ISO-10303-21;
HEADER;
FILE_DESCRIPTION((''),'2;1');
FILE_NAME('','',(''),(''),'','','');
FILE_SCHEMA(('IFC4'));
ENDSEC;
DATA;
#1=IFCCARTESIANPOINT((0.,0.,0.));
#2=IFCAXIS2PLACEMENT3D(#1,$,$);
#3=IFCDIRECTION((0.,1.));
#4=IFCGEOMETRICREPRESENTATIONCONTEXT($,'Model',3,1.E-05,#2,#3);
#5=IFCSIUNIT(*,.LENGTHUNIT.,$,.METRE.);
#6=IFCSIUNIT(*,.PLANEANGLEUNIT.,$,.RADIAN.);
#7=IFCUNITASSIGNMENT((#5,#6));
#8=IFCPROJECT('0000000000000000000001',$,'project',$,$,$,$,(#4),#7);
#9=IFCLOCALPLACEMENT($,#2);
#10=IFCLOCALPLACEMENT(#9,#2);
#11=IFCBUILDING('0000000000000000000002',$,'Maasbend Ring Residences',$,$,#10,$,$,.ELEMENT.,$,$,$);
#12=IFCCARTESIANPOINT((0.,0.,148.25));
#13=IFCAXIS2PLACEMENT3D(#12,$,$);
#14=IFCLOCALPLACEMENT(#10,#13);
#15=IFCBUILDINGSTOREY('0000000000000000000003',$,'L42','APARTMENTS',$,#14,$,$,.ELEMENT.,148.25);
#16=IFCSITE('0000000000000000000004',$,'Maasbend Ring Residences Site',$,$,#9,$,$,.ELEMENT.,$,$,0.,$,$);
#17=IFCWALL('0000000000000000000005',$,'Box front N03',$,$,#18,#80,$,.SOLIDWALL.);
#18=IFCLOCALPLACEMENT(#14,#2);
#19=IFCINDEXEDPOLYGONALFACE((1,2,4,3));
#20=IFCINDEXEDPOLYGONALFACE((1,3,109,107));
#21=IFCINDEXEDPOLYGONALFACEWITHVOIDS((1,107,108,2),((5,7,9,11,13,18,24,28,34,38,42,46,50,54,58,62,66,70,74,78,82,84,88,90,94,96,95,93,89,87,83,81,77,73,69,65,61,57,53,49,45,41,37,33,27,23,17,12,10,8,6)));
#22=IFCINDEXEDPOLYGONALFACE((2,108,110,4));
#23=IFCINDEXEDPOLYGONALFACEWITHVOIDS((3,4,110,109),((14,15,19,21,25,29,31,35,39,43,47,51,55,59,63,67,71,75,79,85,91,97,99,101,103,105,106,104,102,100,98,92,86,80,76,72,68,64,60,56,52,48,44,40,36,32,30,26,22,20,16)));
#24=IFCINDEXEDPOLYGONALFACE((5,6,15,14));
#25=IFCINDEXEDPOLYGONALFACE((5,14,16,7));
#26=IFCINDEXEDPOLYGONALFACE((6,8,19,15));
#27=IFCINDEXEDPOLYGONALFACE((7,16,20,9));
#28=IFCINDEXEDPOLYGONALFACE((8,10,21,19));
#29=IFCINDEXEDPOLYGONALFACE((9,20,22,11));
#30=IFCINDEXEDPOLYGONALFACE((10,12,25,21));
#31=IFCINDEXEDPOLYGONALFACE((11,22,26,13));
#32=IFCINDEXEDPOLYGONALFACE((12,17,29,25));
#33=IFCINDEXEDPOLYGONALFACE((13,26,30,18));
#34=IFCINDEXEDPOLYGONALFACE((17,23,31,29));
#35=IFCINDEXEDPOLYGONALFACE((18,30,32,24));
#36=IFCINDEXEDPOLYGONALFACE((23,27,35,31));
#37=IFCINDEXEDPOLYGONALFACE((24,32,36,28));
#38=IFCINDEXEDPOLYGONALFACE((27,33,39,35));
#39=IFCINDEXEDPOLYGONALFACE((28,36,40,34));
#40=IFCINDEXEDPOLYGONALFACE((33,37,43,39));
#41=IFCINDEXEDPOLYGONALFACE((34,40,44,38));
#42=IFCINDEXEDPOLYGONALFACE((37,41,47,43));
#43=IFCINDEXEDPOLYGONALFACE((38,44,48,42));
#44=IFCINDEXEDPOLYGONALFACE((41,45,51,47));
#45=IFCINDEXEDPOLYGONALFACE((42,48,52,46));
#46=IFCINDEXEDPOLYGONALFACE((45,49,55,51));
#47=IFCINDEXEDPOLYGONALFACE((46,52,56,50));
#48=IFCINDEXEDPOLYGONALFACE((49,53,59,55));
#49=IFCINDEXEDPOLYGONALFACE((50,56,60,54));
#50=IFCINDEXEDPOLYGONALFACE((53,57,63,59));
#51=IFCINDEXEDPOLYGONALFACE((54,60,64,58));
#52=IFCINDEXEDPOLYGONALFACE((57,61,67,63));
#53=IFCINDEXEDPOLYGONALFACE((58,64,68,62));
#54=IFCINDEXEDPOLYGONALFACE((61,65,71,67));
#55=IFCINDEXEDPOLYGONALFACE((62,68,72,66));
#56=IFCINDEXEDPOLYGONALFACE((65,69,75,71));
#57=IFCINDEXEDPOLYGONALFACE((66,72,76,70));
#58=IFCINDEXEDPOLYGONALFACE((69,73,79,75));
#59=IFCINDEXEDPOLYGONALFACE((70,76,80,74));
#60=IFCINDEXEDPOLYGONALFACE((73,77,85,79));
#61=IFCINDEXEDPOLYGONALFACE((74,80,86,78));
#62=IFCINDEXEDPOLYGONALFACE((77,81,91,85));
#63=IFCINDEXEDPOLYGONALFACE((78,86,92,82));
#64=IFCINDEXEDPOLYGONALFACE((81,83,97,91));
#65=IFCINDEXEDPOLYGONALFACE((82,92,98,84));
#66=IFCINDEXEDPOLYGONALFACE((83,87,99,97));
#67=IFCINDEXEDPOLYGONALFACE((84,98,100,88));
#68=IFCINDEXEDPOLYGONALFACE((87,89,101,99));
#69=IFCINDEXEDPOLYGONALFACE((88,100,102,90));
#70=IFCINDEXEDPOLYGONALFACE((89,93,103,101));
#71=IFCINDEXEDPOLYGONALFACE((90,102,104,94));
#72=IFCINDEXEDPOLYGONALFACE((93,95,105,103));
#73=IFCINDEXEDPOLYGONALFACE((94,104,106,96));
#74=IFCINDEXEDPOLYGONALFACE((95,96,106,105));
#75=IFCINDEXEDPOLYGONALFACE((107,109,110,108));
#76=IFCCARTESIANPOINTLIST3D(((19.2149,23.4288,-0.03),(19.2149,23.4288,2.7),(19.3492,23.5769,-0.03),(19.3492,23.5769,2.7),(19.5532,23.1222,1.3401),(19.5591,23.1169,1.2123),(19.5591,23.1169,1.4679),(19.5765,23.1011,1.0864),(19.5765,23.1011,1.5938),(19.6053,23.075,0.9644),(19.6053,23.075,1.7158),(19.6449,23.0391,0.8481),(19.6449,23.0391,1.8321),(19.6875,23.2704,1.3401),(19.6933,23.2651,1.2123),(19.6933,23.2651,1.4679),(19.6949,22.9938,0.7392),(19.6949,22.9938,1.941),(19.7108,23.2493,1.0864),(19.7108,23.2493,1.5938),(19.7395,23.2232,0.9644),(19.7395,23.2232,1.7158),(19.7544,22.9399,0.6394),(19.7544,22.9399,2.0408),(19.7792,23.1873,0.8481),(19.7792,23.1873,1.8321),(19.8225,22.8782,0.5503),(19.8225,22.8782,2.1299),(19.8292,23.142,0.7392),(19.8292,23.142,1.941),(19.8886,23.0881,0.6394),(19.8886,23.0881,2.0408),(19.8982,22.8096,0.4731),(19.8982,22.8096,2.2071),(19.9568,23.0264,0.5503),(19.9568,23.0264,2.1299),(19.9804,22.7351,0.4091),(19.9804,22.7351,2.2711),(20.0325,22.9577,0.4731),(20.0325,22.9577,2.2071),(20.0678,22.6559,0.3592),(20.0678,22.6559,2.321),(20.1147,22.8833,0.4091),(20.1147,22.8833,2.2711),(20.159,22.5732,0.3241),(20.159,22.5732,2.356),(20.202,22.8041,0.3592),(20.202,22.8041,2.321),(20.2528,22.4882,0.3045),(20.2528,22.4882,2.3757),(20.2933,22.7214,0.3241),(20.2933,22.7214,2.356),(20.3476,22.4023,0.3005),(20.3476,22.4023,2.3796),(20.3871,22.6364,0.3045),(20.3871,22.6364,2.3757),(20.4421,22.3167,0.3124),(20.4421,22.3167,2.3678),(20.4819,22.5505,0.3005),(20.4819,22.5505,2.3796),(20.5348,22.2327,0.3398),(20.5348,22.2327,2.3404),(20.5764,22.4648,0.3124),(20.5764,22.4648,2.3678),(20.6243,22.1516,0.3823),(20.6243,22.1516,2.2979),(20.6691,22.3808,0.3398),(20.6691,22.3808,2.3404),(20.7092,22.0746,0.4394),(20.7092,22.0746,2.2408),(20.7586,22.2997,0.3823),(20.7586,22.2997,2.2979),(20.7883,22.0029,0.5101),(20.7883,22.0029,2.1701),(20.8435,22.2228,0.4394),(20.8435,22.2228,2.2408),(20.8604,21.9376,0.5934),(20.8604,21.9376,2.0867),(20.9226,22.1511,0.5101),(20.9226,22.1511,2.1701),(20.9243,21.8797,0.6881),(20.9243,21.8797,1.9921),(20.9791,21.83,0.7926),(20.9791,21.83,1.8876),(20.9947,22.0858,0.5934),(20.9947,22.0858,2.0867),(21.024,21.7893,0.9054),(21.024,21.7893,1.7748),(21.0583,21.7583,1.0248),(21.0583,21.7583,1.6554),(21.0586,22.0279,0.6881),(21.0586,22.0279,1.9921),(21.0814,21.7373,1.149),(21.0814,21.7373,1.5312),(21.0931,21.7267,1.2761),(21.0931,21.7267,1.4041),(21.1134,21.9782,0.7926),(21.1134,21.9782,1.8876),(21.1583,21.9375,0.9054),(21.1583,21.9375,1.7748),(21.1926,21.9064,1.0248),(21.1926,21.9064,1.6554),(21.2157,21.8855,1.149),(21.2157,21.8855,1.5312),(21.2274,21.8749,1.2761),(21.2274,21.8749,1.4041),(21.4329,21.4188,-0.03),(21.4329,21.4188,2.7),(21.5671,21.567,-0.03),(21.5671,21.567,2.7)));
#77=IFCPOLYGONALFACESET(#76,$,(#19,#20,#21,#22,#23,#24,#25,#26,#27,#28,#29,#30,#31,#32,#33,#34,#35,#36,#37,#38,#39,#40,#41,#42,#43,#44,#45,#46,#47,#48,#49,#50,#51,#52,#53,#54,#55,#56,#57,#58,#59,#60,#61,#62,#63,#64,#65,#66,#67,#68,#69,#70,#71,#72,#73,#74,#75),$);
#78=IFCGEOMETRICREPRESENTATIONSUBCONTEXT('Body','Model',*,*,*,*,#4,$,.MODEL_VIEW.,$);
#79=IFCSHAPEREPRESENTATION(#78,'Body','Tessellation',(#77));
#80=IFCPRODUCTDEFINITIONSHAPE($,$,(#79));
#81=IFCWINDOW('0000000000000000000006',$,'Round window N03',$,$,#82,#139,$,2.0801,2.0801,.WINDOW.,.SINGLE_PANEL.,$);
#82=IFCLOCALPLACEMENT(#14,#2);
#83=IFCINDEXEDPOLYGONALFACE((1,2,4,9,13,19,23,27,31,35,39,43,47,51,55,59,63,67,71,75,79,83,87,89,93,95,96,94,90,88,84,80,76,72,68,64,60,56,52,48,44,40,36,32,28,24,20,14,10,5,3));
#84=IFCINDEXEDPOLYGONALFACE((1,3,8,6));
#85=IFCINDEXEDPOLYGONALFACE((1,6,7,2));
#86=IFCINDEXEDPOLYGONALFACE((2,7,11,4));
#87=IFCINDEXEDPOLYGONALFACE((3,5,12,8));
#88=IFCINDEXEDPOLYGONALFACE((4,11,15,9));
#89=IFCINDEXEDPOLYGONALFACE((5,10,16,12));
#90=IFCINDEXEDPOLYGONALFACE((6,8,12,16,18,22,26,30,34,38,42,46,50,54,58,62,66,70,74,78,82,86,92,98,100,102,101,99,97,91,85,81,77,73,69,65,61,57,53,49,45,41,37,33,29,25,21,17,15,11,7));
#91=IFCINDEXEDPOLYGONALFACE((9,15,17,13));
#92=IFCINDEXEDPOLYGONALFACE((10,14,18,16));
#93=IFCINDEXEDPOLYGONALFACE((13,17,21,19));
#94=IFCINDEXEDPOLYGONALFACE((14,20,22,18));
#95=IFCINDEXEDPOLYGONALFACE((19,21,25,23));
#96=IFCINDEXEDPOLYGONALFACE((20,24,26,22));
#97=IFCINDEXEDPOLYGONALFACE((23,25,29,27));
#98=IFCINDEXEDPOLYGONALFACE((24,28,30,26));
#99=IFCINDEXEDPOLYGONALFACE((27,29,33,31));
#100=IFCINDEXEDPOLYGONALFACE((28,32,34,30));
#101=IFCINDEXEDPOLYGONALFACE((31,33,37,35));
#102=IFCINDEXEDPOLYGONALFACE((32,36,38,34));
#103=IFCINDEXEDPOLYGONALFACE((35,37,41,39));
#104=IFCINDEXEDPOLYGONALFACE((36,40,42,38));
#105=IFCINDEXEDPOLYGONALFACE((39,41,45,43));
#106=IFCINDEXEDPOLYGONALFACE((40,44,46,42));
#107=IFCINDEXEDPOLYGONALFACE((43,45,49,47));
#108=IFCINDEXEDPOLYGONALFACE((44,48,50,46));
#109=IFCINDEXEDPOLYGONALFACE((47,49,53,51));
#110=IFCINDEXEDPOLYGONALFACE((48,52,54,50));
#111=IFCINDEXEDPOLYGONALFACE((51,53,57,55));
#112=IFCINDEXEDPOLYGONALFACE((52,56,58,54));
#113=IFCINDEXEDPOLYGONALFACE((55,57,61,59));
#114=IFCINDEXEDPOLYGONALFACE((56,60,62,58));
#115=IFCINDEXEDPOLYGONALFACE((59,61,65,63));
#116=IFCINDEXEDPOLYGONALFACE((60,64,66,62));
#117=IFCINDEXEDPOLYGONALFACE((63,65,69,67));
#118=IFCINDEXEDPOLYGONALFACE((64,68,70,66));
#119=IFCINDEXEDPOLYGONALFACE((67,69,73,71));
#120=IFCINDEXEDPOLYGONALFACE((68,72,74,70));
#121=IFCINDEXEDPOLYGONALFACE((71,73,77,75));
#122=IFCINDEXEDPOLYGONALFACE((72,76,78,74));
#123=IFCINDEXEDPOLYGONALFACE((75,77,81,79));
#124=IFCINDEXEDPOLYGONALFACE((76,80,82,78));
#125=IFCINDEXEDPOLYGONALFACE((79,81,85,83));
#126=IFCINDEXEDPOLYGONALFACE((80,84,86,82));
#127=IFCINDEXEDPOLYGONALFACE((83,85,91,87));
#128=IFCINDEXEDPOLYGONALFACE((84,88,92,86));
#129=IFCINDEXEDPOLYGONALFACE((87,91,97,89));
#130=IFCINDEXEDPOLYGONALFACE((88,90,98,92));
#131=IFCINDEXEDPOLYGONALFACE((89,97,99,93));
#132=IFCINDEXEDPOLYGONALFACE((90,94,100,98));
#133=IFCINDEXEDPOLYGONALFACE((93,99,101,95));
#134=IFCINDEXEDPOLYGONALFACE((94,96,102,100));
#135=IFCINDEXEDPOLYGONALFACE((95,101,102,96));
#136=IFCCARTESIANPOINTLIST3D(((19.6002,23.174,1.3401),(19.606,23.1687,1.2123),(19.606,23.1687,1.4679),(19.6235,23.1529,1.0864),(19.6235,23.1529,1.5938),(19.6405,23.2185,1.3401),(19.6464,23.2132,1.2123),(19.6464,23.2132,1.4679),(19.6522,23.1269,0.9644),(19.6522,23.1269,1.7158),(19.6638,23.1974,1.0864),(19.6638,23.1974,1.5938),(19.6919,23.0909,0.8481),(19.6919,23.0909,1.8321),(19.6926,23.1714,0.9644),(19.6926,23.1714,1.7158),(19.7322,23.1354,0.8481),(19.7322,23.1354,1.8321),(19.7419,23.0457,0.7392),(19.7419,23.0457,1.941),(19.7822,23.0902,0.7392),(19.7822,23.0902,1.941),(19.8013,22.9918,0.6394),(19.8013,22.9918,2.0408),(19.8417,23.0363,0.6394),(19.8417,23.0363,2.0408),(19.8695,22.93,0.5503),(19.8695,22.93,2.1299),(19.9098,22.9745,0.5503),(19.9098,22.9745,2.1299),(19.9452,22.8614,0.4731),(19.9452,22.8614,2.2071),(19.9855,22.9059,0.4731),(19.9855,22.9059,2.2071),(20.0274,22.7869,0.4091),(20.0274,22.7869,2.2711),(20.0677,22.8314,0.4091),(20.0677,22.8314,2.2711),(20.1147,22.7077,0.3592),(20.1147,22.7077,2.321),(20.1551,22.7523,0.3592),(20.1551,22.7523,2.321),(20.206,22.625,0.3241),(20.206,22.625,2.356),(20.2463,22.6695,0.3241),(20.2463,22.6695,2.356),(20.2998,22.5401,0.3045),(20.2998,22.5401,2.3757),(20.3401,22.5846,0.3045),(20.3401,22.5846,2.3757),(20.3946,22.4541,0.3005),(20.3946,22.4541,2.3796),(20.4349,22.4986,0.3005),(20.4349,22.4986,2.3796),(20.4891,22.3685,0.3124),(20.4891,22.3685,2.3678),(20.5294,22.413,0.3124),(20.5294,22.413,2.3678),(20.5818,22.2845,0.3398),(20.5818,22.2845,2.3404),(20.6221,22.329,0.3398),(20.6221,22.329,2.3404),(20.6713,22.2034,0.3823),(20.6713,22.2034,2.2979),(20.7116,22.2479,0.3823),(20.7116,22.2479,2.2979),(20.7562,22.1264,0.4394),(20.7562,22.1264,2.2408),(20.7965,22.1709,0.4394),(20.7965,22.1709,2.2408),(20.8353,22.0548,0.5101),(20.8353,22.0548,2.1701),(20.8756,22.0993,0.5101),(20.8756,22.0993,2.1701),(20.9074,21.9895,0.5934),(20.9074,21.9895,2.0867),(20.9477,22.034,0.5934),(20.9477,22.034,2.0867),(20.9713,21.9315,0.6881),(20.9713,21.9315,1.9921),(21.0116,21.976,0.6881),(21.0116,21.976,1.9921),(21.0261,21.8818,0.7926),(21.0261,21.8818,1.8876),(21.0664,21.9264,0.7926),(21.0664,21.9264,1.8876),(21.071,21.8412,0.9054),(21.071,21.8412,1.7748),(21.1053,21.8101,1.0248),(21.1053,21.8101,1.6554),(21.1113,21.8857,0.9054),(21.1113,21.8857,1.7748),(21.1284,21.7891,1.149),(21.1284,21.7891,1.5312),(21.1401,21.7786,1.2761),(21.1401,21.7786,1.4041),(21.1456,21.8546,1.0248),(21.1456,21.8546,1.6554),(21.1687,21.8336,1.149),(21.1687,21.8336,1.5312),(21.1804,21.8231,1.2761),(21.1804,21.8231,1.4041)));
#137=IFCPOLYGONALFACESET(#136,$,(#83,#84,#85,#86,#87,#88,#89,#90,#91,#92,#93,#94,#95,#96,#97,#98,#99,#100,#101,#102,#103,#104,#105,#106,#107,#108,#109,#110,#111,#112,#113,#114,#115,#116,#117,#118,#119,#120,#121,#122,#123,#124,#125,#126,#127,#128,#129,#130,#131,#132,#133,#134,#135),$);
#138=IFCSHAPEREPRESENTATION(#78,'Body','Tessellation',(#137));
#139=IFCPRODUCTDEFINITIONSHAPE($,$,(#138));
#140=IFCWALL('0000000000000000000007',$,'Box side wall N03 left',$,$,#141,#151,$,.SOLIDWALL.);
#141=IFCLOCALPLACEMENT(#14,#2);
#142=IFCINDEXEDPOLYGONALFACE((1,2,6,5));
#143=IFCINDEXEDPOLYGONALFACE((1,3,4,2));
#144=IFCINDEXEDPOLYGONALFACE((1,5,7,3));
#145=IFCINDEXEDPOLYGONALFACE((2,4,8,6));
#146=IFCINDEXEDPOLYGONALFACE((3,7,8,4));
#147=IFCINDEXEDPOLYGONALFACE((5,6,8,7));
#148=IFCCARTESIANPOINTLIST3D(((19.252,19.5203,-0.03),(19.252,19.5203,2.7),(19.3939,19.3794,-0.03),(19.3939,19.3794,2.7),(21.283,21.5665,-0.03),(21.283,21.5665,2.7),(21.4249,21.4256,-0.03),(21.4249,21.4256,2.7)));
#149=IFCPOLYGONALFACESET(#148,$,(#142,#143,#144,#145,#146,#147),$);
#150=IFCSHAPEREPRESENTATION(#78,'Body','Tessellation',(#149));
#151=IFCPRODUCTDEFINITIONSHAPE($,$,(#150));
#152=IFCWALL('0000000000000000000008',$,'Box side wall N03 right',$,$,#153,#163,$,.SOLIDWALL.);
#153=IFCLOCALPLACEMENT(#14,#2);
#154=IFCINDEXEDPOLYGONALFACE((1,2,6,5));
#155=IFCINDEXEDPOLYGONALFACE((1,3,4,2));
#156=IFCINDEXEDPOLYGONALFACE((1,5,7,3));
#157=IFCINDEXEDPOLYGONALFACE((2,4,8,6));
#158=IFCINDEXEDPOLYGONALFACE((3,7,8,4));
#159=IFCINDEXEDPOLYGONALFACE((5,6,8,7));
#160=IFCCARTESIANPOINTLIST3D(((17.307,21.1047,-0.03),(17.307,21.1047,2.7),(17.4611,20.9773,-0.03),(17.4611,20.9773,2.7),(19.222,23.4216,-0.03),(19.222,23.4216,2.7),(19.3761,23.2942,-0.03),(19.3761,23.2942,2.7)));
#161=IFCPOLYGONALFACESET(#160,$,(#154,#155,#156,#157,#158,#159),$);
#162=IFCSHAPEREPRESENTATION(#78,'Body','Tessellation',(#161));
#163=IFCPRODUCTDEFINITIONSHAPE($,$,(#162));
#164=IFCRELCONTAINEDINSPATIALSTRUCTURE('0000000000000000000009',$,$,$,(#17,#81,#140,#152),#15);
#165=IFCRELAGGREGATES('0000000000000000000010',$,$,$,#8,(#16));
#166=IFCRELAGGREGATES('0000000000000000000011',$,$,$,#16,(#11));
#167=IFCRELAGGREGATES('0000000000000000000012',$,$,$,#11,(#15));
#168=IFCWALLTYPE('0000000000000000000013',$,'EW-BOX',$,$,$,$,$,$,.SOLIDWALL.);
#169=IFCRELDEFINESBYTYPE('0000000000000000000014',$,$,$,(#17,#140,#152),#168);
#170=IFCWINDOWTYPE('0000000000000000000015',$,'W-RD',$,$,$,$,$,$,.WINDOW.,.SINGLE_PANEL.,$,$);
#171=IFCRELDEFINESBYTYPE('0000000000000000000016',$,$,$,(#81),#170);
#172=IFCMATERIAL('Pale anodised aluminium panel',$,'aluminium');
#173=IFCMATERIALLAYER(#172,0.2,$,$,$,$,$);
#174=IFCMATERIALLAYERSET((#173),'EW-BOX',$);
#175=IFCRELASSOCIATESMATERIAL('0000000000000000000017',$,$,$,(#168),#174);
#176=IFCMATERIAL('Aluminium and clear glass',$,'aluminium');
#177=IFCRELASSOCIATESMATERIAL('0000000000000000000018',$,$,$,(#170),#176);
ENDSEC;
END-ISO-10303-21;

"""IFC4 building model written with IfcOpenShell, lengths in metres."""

from ifc_helpers import new_model, si_unit, direction, frame, frame_2d, origin, place, context, subcontext, project, spatial, rectangle, circle, extrude, material, layer, layer_set, type_object, element, fill, save


model = new_model("IFC4")

# Units and contexts
model_context = context("Model", 3, precision=1e-05, world=origin(), true_north=direction((0.0, 1.0)))
body_context = subcontext(model_context, "Body", "Model", "MODEL_VIEW")
ifc_project = project(units=[si_unit("LENGTHUNIT", "METRE"), si_unit("PLANEANGLEUNIT", "RADIAN")], contexts=[model_context])

# Site, building, storey
site_placement = place(None, origin())
site = spatial("IfcSite", under=ifc_project, at=site_placement, Name="Maasbend Ring Residences Site", CompositionType="ELEMENT", RefElevation=0.0)
building_placement = place(site_placement, origin())
building = spatial("IfcBuilding", under=site, at=building_placement, Name="Maasbend Ring Residences", CompositionType="ELEMENT")
storey_placement = place(building_placement, frame((0.0, 0.0, 148.25)))
storey = spatial("IfcBuildingStorey", under=building, at=storey_placement, Name="L42", Description="APARTMENTS", CompositionType="ELEMENT", Elevation=148.25)

# Shared definitions
ifc_material_1 = material(Name="Pale anodised aluminium panel", Category="aluminium")
ifc_layer_1 = layer(ifc_material_1, 0.2)
ifc_layer_set_1 = layer_set([ifc_layer_1], Name="EW-BOX")
wall_type_1 = type_object("IfcWallType", Name="EW-BOX", PredefinedType="SOLIDWALL", material=ifc_layer_set_1)
ifc_material_2 = material(Name="Aluminium and clear glass", Category="aluminium")
window_type_1 = type_object("IfcWindowType", Name="W-RD", PartitioningType="SINGLE_PANEL", PredefinedType="WINDOW", material=ifc_material_2)

# Wall, opening, window
wall_1_placement = place(storey_placement, frame((21.5, 21.4929, -0.03), z_axis=(0.0, 0.0, 1.0), x_axis=(-0.740998, 0.671507, 0.0)))
wall_1 = element("IfcWall", 1, at=wall_1_placement, inside=storey, type_object=wall_type_1, Name="Box front N03", PredefinedType="SOLIDWALL", context=body_context, shape_type="SweptSolid", body=[
    extrude(rectangle(XDim=2.9932, YDim=0.2, at=frame_2d((1.4966, 0.0))), origin(), (0.0, 0.0, 1.0), 2.73),
])
opening_1_placement = place(wall_1_placement, frame((0.4565, 0.0, 0.3301)))
opening_1 = element("IfcOpeningElement", 2, at=opening_1_placement, cuts=wall_1, PredefinedType="OPENING", context=body_context, shape_type="SweptSolid", body=[
    extrude(circle(Radius=1.04, at=frame_2d((1.04, 1.04))), frame((0.0, 0.1099, 0.0), z_axis=(0.0, -1.0, 0.0), x_axis=(1.0, 0.0, 0.0)), (0.0, 0.0, 1.0), 0.22),
])
window_1_placement = place(opening_1_placement, origin())
window_1 = element("IfcWindow", 3, at=window_1_placement, inside=storey, type_object=window_type_1, Name="Round window N03", OverallHeight=2.0801, OverallWidth=2.0801, PartitioningType="SINGLE_PANEL", PredefinedType="WINDOW", context=body_context, shape_type="SweptSolid", body=[
    extrude(circle(Radius=1.04, at=frame_2d((1.04, 1.04))), frame((0.0, 0.03, 0.0), z_axis=(0.0, -1.0, 0.0), x_axis=(1.0, 0.0, 0.0)), (0.0, 0.0, 1.0), 0.0601),
])
fill(opening_1, window_1)

# Walls
wall_2_placement = place(storey_placement, frame((19.323, 19.45, -0.03), z_axis=(0.0, 0.0, 1.0), x_axis=(0.704477, 0.709727, 0.0)))
element("IfcWall", 4, at=wall_2_placement, inside=storey, type_object=wall_type_1, Name="Box side wall N03 left", PredefinedType="SOLIDWALL", context=body_context, shape_type="SweptSolid", body=[
    extrude(rectangle(XDim=2.8831, YDim=0.2, at=frame_2d((1.4414, 0.0))), origin(), (0.0, 0.0, 1.0), 2.73),
])
wall_3_placement = place(storey_placement, frame((17.384, 21.041, -0.03), z_axis=(0.0, 0.0, 1.0), x_axis=(0.637096, 0.770785, 0.0)))
element("IfcWall", 5, at=wall_3_placement, inside=storey, type_object=wall_type_1, Name="Box side wall N03 right", PredefinedType="SOLIDWALL", context=body_context, shape_type="SweptSolid", body=[
    extrude(rectangle(XDim=3.0059, YDim=0.2, at=frame_2d((1.5029, 0.0))), origin(), (0.0, 0.0, 1.0), 2.73),
])

save(model, "model.ifc")
